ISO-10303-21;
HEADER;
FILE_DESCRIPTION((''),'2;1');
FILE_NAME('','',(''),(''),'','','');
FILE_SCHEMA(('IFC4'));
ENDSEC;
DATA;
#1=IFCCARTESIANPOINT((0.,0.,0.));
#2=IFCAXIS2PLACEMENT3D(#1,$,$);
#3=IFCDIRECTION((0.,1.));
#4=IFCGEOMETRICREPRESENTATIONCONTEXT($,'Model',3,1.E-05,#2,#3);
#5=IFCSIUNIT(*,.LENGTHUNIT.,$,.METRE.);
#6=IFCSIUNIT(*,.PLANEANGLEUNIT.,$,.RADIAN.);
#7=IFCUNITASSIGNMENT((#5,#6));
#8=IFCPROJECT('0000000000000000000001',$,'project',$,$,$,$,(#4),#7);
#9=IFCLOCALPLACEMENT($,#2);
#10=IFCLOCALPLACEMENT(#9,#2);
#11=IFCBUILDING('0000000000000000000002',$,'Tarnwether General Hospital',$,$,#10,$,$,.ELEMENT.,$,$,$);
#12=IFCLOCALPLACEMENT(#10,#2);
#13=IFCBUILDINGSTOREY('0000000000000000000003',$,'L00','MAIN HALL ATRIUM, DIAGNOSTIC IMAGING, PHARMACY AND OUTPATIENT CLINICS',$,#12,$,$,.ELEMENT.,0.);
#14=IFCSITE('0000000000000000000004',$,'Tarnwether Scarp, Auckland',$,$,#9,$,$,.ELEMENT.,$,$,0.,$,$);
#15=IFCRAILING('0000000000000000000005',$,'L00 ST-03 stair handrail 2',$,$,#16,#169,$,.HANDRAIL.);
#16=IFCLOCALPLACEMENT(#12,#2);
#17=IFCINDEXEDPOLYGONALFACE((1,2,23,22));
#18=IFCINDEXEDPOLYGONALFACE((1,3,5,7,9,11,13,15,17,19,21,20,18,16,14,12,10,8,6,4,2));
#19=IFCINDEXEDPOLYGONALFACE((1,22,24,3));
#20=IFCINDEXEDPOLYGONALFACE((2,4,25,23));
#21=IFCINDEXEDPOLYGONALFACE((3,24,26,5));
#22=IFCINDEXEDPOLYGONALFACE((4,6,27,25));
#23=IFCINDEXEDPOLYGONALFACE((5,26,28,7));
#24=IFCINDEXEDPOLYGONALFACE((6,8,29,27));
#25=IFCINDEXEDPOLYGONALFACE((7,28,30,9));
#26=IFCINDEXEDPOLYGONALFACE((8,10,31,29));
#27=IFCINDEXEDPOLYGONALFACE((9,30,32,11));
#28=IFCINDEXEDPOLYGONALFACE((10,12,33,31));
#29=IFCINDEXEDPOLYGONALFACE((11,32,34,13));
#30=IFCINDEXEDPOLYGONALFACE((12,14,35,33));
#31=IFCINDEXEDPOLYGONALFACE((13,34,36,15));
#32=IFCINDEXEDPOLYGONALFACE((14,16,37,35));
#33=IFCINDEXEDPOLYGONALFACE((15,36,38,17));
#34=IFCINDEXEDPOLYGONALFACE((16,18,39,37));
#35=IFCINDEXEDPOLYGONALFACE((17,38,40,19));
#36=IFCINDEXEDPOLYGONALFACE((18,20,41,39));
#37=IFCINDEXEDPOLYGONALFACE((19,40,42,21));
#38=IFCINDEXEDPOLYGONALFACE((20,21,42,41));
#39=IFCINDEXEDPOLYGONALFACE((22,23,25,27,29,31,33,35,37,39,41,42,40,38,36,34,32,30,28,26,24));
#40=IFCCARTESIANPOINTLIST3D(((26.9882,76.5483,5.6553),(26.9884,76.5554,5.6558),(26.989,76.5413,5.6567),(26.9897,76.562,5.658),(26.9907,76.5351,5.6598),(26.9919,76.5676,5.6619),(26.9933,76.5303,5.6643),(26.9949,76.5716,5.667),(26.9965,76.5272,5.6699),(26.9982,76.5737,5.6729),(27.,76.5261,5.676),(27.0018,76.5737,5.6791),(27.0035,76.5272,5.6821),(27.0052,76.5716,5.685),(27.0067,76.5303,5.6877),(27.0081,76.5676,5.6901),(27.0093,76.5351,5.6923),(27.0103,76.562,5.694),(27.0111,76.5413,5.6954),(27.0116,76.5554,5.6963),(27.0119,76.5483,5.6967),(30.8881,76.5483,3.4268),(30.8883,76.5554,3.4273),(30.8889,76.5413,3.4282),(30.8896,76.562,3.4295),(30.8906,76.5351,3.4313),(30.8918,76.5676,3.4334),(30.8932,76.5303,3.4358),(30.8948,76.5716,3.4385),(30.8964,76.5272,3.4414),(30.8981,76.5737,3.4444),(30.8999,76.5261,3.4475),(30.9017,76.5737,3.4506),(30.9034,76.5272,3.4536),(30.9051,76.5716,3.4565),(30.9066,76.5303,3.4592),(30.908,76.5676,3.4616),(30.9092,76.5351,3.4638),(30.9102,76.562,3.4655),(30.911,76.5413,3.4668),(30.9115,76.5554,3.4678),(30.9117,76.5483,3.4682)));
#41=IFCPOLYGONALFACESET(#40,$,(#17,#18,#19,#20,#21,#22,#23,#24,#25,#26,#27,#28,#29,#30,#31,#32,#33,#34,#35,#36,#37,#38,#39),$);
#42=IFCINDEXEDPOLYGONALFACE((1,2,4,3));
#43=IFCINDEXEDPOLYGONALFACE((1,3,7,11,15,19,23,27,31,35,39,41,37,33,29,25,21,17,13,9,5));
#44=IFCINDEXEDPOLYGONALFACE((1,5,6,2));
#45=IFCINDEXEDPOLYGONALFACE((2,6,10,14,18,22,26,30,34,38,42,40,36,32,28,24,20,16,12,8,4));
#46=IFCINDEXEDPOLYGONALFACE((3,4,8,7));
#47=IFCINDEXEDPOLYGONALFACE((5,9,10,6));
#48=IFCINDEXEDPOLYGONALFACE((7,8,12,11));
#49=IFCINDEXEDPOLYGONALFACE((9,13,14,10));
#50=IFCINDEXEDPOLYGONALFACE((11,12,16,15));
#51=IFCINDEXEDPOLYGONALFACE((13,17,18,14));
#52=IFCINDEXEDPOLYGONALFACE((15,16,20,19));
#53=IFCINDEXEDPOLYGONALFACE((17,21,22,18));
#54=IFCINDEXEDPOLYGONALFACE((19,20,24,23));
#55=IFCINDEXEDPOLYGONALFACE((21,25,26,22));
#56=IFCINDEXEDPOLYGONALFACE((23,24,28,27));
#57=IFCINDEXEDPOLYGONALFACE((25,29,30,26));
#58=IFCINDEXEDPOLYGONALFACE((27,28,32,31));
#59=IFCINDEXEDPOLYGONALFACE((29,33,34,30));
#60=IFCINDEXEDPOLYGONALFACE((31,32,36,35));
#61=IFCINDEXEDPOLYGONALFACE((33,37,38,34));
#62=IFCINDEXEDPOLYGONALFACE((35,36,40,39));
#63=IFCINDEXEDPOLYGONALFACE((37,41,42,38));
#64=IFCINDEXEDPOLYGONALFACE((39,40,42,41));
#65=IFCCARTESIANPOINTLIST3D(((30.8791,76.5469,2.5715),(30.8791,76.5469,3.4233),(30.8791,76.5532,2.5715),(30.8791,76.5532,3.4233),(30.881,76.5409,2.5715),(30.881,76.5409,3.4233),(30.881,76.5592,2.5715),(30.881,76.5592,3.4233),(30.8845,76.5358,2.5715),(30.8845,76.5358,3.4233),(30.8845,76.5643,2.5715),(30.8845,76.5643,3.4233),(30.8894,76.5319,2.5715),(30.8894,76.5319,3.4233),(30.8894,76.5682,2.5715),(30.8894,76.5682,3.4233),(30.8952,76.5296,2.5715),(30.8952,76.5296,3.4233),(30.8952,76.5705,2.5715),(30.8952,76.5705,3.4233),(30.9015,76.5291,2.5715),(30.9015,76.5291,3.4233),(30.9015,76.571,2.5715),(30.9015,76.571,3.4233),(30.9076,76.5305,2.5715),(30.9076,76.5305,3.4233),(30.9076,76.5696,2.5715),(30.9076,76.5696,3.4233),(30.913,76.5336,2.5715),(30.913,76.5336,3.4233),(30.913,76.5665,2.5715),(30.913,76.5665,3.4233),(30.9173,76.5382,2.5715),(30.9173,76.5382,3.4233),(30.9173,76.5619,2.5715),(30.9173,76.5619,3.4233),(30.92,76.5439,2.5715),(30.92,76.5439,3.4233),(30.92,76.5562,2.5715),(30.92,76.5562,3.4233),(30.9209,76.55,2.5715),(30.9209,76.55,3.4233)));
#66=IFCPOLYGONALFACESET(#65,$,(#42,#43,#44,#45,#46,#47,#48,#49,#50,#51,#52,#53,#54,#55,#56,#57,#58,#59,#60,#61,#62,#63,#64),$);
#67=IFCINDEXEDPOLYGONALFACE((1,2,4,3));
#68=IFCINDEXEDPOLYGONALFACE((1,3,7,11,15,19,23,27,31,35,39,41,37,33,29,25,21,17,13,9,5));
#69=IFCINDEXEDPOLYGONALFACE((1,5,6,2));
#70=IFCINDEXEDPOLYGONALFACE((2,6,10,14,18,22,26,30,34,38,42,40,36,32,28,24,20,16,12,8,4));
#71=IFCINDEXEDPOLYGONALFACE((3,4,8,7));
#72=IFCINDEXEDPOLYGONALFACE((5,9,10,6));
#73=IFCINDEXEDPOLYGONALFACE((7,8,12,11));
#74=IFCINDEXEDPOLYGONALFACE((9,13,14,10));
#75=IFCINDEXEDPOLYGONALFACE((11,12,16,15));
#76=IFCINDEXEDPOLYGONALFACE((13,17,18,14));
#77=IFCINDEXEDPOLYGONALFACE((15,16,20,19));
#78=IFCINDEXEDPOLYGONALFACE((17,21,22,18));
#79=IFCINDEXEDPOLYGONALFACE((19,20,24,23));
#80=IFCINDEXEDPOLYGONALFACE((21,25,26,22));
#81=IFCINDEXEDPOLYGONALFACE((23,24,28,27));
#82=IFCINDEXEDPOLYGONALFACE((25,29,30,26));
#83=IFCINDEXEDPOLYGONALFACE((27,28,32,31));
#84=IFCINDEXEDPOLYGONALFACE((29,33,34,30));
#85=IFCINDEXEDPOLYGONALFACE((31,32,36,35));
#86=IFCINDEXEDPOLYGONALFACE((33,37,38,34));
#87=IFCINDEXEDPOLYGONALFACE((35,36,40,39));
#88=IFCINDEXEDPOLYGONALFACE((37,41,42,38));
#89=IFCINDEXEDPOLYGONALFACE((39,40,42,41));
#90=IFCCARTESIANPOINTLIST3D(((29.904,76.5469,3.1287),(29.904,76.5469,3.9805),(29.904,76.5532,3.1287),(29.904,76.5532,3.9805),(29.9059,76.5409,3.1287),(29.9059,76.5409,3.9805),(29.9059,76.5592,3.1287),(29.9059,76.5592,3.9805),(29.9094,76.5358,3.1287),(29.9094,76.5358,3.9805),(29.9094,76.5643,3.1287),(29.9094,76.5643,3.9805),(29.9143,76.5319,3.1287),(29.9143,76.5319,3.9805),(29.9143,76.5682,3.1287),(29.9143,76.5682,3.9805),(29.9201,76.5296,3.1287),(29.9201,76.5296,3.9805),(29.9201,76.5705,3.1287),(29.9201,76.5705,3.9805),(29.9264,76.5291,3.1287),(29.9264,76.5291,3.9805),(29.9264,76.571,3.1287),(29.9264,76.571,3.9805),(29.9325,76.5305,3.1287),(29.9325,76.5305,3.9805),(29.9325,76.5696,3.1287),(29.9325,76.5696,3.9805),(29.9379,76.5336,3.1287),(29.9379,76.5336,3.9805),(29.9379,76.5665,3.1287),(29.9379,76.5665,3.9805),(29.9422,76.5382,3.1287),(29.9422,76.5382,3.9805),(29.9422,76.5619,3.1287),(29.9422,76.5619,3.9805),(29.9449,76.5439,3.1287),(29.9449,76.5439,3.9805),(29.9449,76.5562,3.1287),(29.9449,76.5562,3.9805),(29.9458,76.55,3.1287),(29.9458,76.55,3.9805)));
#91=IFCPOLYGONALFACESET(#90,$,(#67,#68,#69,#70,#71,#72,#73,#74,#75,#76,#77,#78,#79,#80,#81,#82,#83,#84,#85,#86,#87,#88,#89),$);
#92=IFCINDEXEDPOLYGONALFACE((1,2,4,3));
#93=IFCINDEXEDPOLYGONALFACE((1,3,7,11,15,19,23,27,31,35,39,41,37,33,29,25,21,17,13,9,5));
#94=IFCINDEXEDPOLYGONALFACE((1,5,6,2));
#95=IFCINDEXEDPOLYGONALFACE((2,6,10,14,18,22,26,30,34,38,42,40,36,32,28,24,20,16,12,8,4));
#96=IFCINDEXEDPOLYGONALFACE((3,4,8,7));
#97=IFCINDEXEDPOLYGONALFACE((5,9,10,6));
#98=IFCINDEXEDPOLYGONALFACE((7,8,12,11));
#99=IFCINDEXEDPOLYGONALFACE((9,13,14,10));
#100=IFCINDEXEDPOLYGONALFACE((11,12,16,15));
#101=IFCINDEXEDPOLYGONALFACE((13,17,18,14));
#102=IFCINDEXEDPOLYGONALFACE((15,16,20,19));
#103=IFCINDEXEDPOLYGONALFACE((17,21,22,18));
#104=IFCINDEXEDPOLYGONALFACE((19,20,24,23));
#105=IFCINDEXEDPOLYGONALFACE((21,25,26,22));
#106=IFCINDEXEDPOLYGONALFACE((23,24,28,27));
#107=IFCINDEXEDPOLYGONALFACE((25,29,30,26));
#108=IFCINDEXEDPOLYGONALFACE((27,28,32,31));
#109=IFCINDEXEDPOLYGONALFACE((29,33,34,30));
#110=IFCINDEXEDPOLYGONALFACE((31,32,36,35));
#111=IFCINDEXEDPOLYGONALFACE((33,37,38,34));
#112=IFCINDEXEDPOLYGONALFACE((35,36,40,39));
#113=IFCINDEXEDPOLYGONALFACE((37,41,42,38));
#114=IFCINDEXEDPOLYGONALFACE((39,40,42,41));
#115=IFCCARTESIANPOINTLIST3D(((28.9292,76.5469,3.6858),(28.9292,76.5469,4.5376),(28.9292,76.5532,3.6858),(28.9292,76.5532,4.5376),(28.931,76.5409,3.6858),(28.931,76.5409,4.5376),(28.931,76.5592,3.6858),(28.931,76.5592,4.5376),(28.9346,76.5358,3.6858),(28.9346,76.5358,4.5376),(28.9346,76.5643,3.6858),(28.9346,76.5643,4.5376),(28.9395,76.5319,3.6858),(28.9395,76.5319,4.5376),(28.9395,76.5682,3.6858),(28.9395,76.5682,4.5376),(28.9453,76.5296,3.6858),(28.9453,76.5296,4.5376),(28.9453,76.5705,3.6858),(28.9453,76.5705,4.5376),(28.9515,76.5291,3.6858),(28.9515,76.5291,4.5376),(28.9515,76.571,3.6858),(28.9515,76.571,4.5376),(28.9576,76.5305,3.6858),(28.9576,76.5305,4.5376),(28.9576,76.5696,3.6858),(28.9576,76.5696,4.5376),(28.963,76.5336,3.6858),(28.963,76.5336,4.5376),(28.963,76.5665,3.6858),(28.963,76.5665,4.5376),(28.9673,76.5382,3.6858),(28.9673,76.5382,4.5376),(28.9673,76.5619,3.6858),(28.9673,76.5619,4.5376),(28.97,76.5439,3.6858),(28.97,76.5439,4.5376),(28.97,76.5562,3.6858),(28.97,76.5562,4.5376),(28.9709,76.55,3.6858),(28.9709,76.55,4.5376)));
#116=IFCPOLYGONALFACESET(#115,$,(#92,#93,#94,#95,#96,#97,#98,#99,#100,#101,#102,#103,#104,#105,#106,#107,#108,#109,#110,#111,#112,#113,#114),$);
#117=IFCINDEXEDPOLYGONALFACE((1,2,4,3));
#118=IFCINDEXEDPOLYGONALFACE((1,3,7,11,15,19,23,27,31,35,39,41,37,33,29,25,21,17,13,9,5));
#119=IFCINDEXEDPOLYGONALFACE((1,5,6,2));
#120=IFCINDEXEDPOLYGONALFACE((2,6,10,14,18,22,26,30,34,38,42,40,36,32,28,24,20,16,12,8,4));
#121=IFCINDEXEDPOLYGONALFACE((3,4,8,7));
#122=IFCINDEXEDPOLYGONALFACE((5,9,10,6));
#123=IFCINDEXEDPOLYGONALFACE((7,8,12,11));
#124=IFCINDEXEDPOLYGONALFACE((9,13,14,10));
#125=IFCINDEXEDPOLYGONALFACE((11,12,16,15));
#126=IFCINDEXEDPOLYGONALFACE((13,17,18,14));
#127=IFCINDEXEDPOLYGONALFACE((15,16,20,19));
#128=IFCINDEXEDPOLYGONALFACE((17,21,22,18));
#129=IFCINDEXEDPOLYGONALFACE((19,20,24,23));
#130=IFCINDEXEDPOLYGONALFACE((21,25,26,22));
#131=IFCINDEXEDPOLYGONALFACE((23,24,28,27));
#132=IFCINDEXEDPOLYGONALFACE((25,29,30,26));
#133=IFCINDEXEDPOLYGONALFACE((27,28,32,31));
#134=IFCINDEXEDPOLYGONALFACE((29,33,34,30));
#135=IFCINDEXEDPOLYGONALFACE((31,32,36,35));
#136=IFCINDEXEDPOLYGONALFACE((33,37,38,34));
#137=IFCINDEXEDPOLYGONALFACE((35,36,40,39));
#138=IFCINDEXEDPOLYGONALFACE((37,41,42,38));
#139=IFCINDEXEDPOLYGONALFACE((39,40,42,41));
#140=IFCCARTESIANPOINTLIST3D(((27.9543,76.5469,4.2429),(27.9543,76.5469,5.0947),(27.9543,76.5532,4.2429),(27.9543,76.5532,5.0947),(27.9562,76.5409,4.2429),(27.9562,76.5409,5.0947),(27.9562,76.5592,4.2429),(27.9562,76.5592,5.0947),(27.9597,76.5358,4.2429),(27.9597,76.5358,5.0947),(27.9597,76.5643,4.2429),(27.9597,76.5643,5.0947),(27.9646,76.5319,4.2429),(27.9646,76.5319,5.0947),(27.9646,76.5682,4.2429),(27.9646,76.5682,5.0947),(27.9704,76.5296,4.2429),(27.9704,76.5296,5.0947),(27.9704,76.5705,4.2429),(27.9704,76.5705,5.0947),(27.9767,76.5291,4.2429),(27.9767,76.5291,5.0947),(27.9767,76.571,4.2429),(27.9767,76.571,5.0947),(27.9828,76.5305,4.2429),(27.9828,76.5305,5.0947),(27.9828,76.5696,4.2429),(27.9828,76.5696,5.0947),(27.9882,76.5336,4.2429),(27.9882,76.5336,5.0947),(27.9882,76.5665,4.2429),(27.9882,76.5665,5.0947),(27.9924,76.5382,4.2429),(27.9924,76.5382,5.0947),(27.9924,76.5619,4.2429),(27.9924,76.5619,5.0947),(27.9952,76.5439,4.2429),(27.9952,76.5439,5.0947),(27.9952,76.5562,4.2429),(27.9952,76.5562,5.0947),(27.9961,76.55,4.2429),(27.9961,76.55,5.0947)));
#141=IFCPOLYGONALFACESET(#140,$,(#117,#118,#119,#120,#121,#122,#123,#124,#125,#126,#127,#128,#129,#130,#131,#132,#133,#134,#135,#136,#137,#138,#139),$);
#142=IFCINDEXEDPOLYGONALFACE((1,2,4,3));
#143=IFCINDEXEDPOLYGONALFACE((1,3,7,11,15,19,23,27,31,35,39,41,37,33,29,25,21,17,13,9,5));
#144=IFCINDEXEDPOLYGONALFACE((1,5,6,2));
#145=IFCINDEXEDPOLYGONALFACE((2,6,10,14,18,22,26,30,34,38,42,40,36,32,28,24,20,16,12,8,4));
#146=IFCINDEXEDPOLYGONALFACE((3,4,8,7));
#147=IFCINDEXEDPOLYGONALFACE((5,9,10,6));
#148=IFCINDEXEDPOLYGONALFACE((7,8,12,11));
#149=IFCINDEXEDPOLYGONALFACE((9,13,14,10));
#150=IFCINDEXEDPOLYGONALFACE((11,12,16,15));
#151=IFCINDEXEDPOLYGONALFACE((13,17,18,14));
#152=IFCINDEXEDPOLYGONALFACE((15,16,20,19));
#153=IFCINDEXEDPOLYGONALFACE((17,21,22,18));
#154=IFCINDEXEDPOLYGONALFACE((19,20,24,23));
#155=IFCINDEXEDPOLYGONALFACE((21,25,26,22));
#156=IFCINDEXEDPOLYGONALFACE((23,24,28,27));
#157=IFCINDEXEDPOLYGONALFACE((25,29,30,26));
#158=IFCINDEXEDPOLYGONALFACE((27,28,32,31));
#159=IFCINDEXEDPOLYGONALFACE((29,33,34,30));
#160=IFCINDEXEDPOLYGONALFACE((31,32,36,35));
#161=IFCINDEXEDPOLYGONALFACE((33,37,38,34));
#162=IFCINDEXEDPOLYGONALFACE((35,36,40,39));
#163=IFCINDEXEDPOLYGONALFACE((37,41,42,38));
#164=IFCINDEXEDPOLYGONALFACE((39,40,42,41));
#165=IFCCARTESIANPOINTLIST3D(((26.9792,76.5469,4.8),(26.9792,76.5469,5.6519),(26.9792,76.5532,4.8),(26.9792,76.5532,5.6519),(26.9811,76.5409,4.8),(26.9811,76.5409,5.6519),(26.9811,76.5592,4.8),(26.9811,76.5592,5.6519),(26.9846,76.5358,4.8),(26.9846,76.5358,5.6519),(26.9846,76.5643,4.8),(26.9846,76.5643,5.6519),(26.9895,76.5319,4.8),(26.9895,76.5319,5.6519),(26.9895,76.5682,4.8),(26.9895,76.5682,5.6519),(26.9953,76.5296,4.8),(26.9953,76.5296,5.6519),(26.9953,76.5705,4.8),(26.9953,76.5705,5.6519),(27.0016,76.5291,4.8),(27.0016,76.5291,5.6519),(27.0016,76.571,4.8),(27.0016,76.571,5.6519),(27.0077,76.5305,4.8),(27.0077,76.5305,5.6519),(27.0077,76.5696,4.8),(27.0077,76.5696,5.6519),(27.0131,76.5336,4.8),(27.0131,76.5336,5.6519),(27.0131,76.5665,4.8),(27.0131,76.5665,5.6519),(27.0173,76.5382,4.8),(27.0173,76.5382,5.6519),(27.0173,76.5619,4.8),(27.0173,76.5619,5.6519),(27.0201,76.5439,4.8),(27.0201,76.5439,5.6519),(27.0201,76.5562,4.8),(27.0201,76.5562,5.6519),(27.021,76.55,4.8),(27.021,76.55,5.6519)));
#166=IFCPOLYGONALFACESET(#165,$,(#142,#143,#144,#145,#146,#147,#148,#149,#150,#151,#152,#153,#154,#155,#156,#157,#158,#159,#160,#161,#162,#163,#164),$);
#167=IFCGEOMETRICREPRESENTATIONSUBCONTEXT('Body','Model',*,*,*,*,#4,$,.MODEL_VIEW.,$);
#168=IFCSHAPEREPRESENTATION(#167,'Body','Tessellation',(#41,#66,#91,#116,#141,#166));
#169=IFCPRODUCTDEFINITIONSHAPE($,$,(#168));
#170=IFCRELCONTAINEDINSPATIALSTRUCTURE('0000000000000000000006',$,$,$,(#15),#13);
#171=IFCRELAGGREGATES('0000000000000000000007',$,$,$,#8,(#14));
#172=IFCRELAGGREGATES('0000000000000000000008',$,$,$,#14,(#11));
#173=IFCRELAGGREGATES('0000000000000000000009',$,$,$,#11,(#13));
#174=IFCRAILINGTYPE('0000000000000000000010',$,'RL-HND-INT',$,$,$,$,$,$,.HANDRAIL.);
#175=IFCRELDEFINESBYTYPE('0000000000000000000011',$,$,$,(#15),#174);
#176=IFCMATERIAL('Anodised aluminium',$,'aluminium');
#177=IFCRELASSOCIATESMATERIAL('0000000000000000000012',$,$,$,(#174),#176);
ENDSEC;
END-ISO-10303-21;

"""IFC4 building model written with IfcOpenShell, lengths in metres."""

from ifc_helpers import new_model, si_unit, direction, frame, origin, origin_2d, place, context, subcontext, project, spatial, circle, extrude, material, type_object, element, save


model = new_model("IFC4")

# Units and contexts
model_context = context("Model", 3, precision=1e-05, world=origin(), true_north=direction((0.0, 1.0)))
body_context = subcontext(model_context, "Body", "Model", "MODEL_VIEW")
ifc_project = project(units=[si_unit("LENGTHUNIT", "METRE"), si_unit("PLANEANGLEUNIT", "RADIAN")], contexts=[model_context])

# Site, building, storey
site_placement = place(None, origin())
site = spatial("IfcSite", under=ifc_project, at=site_placement, Name="Tarnwether Scarp, Auckland", CompositionType="ELEMENT", RefElevation=0.0)
building_placement = place(site_placement, origin())
building = spatial("IfcBuilding", under=site, at=building_placement, Name="Tarnwether General Hospital", CompositionType="ELEMENT")
storey_placement = place(building_placement, origin())
storey = spatial("IfcBuildingStorey", under=building, at=storey_placement, Name="L00", Description="MAIN HALL ATRIUM, DIAGNOSTIC IMAGING, PHARMACY AND OUTPATIENT CLINICS", CompositionType="ELEMENT", Elevation=0.0)

# Railing
ifc_material_1 = material(Name="Anodised aluminium", Category="aluminium")
railing_type_1 = type_object("IfcRailingType", Name="RL-HND-INT", PredefinedType="HANDRAIL", material=ifc_material_1)
railing_1_placement = place(storey_placement, frame((30.8999, 76.55, 2.5715)))
element("IfcRailing", 1, at=railing_1_placement, inside=storey, type_object=railing_type_1, Name="L00 ST-03 stair handrail 2", PredefinedType="HANDRAIL", context=body_context, shape_type="SweptSolid", body=[
    extrude(circle(Radius=0.0239, at=origin_2d()), frame((0.0, 0.0, 0.876), z_axis=(-0.868243, 0.0, 0.496139), x_axis=(0.0, -1.0, 0.0)), (0.0, 0.0, 1.0), 4.4917),
    extrude(circle(Radius=0.021, at=origin_2d()), origin(), (0.0, 0.0, 1.0), 0.8518),
    extrude(circle(Radius=0.021, at=origin_2d()), frame((-0.9751, 0.0, 0.5571)), (0.0, 0.0, 1.0), 0.8518),
    extrude(circle(Radius=0.021, at=origin_2d()), frame((-1.95, 0.0, 1.1143)), (0.0, 0.0, 1.0), 0.8518),
    extrude(circle(Radius=0.021, at=origin_2d()), frame((-2.9248, 0.0, 1.6714)), (0.0, 0.0, 1.0), 0.8518),
    extrude(circle(Radius=0.021, at=origin_2d()), frame((-3.8999, 0.0, 2.2285)), (0.0, 0.0, 1.0), 0.8518),
])

save(model, "model.ifc")
